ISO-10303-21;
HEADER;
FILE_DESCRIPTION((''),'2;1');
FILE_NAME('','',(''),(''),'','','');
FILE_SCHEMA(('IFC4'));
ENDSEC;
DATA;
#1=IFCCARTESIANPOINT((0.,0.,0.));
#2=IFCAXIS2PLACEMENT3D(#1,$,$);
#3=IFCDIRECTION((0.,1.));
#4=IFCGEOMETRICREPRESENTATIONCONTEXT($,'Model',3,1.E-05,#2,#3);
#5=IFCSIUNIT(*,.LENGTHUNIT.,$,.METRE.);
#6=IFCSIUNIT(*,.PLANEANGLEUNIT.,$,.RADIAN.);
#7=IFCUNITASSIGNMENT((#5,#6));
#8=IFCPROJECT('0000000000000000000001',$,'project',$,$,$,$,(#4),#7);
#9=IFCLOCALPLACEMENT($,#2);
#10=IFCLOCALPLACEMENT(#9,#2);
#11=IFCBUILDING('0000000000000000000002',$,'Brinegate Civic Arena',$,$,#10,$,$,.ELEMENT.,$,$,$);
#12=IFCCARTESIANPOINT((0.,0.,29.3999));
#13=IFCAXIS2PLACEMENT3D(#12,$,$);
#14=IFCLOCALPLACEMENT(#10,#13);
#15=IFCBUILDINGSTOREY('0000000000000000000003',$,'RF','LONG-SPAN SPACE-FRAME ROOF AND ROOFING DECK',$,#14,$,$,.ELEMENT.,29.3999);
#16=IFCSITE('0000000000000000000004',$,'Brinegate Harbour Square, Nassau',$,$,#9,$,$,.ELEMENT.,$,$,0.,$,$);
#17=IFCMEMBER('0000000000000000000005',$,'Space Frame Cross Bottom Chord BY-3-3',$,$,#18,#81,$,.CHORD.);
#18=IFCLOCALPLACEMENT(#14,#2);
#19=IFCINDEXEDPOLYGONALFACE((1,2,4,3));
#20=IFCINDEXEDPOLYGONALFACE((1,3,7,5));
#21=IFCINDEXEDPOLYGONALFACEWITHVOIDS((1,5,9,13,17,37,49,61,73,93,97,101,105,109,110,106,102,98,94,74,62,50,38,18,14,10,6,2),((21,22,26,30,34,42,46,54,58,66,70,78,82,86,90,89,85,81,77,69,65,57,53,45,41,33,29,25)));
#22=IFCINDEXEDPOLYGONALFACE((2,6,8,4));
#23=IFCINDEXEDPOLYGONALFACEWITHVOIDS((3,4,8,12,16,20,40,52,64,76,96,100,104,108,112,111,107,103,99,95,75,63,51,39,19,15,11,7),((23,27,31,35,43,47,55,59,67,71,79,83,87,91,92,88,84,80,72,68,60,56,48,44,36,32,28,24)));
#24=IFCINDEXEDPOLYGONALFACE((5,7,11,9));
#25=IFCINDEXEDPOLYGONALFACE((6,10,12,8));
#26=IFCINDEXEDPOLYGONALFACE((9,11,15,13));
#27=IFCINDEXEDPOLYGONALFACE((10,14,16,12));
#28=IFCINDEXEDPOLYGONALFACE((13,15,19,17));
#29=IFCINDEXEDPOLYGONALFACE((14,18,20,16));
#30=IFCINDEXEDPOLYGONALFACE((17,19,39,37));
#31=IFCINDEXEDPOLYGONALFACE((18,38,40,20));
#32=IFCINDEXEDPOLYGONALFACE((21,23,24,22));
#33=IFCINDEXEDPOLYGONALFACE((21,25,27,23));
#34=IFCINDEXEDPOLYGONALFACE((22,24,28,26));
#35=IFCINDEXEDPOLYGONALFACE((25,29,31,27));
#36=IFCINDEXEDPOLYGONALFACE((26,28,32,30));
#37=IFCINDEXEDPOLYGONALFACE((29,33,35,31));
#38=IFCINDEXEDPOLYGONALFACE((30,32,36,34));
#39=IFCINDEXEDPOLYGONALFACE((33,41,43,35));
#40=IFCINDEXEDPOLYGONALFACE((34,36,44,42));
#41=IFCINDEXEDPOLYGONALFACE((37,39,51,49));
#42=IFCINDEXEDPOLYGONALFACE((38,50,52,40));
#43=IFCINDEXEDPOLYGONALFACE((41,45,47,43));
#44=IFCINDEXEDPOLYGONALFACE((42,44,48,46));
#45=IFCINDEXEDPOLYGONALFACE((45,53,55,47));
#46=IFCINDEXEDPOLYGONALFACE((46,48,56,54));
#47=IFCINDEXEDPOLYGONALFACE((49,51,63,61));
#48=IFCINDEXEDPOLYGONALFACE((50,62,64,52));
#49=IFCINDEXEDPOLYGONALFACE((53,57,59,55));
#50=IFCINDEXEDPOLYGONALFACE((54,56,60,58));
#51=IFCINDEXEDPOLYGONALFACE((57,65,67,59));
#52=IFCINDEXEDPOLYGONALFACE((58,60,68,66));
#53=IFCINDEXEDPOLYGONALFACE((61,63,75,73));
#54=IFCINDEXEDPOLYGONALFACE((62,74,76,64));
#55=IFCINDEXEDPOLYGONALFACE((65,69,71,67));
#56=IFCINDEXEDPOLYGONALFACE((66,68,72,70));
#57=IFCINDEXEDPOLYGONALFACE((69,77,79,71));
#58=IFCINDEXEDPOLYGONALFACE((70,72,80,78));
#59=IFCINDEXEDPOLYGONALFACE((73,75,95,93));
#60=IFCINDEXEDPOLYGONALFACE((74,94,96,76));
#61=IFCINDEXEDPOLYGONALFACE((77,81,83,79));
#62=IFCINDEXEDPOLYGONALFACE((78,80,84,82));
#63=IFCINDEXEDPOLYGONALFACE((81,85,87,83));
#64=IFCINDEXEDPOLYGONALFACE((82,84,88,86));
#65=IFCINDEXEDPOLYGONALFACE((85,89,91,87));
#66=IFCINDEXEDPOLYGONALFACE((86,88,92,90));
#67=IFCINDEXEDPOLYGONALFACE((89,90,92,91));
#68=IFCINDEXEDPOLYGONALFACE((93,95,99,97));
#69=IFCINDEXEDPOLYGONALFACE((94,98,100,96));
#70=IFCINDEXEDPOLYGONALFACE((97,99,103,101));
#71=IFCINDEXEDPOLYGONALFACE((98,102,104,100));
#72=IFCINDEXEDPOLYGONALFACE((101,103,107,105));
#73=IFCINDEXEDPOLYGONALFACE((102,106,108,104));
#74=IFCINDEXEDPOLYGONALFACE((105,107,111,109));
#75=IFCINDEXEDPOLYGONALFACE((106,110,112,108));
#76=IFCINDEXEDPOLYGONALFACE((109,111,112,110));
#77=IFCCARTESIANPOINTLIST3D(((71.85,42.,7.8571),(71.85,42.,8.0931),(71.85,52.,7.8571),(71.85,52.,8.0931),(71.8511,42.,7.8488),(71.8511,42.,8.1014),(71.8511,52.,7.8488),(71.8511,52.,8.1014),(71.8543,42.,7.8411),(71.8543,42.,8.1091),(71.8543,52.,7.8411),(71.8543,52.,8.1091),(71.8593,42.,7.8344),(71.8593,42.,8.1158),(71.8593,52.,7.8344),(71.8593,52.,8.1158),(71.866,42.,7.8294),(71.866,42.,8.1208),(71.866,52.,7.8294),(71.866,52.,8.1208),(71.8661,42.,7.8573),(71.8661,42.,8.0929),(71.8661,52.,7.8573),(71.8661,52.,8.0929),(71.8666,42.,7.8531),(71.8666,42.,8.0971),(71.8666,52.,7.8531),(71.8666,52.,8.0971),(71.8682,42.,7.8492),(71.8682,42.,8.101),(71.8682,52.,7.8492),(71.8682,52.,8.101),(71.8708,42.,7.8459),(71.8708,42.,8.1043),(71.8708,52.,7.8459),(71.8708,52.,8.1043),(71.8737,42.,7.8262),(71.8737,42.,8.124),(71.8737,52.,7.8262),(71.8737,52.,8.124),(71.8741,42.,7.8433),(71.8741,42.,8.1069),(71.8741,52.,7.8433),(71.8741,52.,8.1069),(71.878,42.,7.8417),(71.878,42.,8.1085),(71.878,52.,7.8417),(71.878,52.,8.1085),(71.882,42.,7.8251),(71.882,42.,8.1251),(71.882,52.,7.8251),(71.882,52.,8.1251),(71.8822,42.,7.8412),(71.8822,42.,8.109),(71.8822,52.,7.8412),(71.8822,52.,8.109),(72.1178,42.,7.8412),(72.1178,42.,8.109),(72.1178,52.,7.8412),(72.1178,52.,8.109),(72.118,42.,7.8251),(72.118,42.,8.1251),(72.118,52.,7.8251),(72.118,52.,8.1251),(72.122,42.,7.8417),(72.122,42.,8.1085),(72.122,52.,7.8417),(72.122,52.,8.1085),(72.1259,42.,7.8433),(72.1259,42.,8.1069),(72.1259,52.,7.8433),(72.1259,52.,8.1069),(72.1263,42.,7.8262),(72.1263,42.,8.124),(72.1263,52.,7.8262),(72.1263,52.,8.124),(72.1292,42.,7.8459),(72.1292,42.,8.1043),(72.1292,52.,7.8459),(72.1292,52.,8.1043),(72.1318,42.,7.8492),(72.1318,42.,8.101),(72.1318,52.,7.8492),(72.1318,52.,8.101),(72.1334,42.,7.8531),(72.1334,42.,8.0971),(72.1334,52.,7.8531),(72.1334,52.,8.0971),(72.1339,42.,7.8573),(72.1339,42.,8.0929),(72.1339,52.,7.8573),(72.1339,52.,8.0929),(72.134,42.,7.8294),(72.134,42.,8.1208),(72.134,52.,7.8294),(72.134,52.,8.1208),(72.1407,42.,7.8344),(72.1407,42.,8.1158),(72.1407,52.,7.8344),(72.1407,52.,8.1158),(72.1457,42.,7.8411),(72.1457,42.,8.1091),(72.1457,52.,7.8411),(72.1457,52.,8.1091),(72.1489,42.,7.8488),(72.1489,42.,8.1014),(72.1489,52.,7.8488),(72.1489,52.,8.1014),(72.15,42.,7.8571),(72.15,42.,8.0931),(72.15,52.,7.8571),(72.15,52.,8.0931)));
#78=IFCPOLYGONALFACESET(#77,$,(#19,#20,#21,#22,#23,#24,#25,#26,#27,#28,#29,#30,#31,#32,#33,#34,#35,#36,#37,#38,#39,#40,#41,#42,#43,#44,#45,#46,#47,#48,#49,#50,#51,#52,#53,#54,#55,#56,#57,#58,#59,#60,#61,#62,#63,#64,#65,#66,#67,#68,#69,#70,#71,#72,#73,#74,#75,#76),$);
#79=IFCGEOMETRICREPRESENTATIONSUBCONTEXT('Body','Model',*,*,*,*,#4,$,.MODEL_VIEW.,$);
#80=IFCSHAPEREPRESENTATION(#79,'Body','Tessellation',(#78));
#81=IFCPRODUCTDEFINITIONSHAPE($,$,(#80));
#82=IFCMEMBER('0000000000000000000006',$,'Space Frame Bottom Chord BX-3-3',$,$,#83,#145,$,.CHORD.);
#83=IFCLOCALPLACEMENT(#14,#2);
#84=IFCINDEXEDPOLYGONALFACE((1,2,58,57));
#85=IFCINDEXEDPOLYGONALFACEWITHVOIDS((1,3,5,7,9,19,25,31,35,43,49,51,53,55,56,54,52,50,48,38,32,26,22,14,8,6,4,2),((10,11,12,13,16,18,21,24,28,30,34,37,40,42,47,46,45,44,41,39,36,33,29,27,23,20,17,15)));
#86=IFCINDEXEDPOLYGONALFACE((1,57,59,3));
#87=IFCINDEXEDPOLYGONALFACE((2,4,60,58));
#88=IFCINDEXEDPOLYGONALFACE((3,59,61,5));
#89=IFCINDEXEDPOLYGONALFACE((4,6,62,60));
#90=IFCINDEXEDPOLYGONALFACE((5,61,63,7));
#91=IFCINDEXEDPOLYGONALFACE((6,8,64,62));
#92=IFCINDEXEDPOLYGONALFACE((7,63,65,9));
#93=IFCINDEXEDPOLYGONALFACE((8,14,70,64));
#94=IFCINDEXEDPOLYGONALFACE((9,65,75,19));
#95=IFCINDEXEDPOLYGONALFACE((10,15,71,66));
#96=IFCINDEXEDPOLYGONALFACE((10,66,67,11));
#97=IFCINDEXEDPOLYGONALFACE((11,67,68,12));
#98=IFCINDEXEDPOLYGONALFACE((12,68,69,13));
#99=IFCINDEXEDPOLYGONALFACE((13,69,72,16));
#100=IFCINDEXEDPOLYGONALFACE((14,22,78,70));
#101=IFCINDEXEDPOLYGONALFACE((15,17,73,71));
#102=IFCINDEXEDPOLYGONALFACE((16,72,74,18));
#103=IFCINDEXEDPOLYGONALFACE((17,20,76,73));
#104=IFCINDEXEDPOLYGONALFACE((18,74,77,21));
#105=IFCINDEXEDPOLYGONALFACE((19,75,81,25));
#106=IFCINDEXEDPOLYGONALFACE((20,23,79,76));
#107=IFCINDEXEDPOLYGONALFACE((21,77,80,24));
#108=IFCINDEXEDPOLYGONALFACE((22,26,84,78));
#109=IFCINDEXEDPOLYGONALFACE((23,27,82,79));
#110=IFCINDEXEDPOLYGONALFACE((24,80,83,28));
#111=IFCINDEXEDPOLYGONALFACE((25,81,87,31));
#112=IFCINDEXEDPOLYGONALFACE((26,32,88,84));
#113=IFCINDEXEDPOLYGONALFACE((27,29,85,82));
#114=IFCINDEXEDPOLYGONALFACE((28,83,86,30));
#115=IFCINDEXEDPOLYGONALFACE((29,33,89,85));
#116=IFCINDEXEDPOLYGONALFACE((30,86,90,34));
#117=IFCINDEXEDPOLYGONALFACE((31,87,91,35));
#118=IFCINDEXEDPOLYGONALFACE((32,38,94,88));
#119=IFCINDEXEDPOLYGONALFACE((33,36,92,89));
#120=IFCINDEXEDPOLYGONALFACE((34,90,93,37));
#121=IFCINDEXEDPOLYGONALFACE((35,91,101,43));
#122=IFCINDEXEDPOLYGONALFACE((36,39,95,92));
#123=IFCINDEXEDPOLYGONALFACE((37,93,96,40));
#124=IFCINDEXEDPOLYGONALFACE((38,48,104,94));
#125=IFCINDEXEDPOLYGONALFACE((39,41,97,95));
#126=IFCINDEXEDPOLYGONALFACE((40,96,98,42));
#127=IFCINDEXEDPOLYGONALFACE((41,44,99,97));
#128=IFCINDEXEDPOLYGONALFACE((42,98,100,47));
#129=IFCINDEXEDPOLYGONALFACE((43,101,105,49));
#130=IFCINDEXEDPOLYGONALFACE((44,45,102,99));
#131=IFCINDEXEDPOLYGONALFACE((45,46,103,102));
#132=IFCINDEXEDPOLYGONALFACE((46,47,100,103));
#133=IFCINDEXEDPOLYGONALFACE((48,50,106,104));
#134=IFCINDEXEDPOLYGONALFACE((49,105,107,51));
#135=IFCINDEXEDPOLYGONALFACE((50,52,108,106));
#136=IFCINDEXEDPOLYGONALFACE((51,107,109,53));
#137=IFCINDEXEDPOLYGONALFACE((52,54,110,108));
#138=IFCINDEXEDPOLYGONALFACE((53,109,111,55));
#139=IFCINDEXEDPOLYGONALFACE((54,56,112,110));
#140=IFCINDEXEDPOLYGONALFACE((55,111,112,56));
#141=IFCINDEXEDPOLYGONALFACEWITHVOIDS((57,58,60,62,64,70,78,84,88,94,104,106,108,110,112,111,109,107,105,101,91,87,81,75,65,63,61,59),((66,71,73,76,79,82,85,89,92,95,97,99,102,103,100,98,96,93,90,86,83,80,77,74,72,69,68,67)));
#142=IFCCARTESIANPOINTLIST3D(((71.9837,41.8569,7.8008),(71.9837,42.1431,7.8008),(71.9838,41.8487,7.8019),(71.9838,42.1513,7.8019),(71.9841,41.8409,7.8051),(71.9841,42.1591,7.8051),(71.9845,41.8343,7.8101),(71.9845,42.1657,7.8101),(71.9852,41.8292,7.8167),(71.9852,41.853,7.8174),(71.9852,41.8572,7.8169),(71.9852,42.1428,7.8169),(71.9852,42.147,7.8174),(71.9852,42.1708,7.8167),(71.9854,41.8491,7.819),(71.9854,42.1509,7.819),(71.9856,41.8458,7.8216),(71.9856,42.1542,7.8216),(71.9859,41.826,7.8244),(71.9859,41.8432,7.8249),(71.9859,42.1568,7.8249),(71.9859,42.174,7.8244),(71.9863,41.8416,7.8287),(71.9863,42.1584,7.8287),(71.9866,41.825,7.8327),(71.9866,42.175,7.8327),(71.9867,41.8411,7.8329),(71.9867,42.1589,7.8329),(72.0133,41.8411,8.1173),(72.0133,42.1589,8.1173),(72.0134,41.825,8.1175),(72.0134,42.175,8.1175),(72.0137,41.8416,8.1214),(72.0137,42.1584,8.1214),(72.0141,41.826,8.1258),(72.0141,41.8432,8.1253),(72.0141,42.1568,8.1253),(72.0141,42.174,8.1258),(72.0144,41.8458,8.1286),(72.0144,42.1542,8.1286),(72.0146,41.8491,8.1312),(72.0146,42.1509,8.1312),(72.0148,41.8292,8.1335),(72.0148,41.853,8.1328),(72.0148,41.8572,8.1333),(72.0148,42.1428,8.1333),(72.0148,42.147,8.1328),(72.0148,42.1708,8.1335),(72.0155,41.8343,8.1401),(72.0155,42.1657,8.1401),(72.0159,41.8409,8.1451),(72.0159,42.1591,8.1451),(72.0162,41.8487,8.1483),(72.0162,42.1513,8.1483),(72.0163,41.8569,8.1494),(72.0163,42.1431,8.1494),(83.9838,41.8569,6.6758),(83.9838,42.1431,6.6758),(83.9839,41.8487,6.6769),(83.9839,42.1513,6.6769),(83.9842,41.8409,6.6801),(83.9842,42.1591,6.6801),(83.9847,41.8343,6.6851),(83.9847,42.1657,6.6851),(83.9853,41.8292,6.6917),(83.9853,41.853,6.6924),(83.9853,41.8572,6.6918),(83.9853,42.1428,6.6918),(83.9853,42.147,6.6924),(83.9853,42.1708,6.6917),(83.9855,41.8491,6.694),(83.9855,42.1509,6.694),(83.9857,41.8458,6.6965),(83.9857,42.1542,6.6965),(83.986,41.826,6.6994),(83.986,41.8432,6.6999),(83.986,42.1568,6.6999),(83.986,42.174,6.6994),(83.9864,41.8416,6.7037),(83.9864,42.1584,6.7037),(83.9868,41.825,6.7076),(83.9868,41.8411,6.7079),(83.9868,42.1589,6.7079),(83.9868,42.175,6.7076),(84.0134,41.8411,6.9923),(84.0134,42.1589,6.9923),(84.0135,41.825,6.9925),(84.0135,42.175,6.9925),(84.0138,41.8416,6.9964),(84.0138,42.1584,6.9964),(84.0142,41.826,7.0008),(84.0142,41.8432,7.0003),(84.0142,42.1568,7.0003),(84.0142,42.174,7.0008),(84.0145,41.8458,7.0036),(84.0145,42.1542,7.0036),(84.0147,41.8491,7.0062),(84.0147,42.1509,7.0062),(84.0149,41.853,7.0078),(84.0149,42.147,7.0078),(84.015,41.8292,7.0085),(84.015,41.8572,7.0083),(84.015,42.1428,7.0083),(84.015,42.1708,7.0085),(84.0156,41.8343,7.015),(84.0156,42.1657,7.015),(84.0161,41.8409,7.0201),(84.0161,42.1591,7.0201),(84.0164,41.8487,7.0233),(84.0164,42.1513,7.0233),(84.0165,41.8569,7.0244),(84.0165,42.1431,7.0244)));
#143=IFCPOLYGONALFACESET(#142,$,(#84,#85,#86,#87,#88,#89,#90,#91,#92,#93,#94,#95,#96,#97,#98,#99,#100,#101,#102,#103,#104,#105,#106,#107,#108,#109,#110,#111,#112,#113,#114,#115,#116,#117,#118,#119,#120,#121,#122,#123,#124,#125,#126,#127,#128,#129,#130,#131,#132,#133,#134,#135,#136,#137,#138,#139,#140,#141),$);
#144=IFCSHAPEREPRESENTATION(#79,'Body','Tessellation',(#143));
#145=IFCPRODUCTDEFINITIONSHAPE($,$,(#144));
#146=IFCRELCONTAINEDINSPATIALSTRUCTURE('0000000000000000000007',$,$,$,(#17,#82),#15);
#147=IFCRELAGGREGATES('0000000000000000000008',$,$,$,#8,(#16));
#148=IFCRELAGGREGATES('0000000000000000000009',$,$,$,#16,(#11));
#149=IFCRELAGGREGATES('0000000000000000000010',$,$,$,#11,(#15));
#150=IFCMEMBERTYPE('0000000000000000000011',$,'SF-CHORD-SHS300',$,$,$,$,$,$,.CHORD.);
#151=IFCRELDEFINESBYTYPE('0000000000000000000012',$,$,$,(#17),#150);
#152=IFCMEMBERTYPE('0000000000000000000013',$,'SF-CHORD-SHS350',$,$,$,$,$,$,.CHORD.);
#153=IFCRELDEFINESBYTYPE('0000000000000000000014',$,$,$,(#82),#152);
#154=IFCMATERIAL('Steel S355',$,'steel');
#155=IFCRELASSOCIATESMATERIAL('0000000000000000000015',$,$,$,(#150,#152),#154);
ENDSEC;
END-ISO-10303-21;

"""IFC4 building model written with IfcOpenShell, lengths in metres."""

from ifc_helpers import new_model, si_unit, direction, frame, origin, origin_2d, place, context, subcontext, project, spatial, hollow_rectangle, extrude, material, material_profile, profile_set, type_object, element, save


model = new_model("IFC4")

# Units and contexts
model_context = context("Model", 3, precision=1e-05, world=origin(), true_north=direction((0.0, 1.0)))
body_context = subcontext(model_context, "Body", "Model", "MODEL_VIEW")
ifc_project = project(units=[si_unit("LENGTHUNIT", "METRE"), si_unit("PLANEANGLEUNIT", "RADIAN")], contexts=[model_context])

# Site, building, storey
site_placement = place(None, origin())
site = spatial("IfcSite", under=ifc_project, at=site_placement, Name="Brinegate Harbour Square, Nassau", CompositionType="ELEMENT", RefElevation=0.0)
building_placement = place(site_placement, origin())
building = spatial("IfcBuilding", under=site, at=building_placement, Name="Brinegate Civic Arena", CompositionType="ELEMENT")
storey_placement = place(building_placement, frame((0.0, 0.0, 29.3999)))
storey = spatial("IfcBuildingStorey", under=building, at=storey_placement, Name="RF", Description="LONG-SPAN SPACE-FRAME ROOF AND ROOFING DECK", CompositionType="ELEMENT", Elevation=29.3999)

# Members
ifc_material = material(Name="Steel S355", Category="steel")
ifc_material_profile_1 = material_profile(ifc_material, hollow_rectangle(XDim=0.3, YDim=0.3, WallThickness=0.0161, InnerFilletRadius=0.0161, OuterFilletRadius=0.032, at=origin_2d()), Name="SHS300X16")
ifc_profile_set_1 = profile_set([ifc_material_profile_1], Name="Steel S355")
member_type_1 = type_object("IfcMemberType", Name="SF-CHORD-SHS300", PredefinedType="CHORD", material=ifc_profile_set_1)
member_1_placement = place(storey_placement, frame((72.0, 42.0, 7.9751), z_axis=(0.0, 1.0, 0.0), x_axis=(-1.0, 0.0, 0.0)))
element("IfcMember", 1, at=member_1_placement, inside=storey, type_object=member_type_1, Name="Space Frame Cross Bottom Chord BY-3-3", PredefinedType="CHORD", context=body_context, shape_type="SweptSolid", body=[
    extrude(hollow_rectangle(XDim=0.3, YDim=0.3, WallThickness=0.0161, InnerFilletRadius=0.0161, OuterFilletRadius=0.032, at=origin_2d()), origin(), (0.0, 0.0, 1.0), 10.0),
])
ifc_material_profile_2 = material_profile(ifc_material, hollow_rectangle(XDim=0.3501, YDim=0.3501, WallThickness=0.0161, InnerFilletRadius=0.0161, OuterFilletRadius=0.032, at=origin_2d()), Name="SHS350X16")
ifc_profile_set_2 = profile_set([ifc_material_profile_2], Name="Steel S355")
member_type_2 = type_object("IfcMemberType", Name="SF-CHORD-SHS350", PredefinedType="CHORD", material=ifc_profile_set_2)
member_2_placement = place(storey_placement, frame((72.0, 42.0, 7.9751), z_axis=(0.995634, 0.0, -0.093341), x_axis=(0.0, 1.0, 0.0)))
element("IfcMember", 2, at=member_2_placement, inside=storey, type_object=member_type_2, Name="Space Frame Bottom Chord BX-3-3", PredefinedType="CHORD", context=body_context, shape_type="SweptSolid", body=[
    extrude(hollow_rectangle(XDim=0.3501, YDim=0.3501, WallThickness=0.0161, InnerFilletRadius=0.0161, OuterFilletRadius=0.032, at=origin_2d()), origin(), (0.0, 0.0, 1.0), 12.0527),
])

save(model, "model.ifc")
